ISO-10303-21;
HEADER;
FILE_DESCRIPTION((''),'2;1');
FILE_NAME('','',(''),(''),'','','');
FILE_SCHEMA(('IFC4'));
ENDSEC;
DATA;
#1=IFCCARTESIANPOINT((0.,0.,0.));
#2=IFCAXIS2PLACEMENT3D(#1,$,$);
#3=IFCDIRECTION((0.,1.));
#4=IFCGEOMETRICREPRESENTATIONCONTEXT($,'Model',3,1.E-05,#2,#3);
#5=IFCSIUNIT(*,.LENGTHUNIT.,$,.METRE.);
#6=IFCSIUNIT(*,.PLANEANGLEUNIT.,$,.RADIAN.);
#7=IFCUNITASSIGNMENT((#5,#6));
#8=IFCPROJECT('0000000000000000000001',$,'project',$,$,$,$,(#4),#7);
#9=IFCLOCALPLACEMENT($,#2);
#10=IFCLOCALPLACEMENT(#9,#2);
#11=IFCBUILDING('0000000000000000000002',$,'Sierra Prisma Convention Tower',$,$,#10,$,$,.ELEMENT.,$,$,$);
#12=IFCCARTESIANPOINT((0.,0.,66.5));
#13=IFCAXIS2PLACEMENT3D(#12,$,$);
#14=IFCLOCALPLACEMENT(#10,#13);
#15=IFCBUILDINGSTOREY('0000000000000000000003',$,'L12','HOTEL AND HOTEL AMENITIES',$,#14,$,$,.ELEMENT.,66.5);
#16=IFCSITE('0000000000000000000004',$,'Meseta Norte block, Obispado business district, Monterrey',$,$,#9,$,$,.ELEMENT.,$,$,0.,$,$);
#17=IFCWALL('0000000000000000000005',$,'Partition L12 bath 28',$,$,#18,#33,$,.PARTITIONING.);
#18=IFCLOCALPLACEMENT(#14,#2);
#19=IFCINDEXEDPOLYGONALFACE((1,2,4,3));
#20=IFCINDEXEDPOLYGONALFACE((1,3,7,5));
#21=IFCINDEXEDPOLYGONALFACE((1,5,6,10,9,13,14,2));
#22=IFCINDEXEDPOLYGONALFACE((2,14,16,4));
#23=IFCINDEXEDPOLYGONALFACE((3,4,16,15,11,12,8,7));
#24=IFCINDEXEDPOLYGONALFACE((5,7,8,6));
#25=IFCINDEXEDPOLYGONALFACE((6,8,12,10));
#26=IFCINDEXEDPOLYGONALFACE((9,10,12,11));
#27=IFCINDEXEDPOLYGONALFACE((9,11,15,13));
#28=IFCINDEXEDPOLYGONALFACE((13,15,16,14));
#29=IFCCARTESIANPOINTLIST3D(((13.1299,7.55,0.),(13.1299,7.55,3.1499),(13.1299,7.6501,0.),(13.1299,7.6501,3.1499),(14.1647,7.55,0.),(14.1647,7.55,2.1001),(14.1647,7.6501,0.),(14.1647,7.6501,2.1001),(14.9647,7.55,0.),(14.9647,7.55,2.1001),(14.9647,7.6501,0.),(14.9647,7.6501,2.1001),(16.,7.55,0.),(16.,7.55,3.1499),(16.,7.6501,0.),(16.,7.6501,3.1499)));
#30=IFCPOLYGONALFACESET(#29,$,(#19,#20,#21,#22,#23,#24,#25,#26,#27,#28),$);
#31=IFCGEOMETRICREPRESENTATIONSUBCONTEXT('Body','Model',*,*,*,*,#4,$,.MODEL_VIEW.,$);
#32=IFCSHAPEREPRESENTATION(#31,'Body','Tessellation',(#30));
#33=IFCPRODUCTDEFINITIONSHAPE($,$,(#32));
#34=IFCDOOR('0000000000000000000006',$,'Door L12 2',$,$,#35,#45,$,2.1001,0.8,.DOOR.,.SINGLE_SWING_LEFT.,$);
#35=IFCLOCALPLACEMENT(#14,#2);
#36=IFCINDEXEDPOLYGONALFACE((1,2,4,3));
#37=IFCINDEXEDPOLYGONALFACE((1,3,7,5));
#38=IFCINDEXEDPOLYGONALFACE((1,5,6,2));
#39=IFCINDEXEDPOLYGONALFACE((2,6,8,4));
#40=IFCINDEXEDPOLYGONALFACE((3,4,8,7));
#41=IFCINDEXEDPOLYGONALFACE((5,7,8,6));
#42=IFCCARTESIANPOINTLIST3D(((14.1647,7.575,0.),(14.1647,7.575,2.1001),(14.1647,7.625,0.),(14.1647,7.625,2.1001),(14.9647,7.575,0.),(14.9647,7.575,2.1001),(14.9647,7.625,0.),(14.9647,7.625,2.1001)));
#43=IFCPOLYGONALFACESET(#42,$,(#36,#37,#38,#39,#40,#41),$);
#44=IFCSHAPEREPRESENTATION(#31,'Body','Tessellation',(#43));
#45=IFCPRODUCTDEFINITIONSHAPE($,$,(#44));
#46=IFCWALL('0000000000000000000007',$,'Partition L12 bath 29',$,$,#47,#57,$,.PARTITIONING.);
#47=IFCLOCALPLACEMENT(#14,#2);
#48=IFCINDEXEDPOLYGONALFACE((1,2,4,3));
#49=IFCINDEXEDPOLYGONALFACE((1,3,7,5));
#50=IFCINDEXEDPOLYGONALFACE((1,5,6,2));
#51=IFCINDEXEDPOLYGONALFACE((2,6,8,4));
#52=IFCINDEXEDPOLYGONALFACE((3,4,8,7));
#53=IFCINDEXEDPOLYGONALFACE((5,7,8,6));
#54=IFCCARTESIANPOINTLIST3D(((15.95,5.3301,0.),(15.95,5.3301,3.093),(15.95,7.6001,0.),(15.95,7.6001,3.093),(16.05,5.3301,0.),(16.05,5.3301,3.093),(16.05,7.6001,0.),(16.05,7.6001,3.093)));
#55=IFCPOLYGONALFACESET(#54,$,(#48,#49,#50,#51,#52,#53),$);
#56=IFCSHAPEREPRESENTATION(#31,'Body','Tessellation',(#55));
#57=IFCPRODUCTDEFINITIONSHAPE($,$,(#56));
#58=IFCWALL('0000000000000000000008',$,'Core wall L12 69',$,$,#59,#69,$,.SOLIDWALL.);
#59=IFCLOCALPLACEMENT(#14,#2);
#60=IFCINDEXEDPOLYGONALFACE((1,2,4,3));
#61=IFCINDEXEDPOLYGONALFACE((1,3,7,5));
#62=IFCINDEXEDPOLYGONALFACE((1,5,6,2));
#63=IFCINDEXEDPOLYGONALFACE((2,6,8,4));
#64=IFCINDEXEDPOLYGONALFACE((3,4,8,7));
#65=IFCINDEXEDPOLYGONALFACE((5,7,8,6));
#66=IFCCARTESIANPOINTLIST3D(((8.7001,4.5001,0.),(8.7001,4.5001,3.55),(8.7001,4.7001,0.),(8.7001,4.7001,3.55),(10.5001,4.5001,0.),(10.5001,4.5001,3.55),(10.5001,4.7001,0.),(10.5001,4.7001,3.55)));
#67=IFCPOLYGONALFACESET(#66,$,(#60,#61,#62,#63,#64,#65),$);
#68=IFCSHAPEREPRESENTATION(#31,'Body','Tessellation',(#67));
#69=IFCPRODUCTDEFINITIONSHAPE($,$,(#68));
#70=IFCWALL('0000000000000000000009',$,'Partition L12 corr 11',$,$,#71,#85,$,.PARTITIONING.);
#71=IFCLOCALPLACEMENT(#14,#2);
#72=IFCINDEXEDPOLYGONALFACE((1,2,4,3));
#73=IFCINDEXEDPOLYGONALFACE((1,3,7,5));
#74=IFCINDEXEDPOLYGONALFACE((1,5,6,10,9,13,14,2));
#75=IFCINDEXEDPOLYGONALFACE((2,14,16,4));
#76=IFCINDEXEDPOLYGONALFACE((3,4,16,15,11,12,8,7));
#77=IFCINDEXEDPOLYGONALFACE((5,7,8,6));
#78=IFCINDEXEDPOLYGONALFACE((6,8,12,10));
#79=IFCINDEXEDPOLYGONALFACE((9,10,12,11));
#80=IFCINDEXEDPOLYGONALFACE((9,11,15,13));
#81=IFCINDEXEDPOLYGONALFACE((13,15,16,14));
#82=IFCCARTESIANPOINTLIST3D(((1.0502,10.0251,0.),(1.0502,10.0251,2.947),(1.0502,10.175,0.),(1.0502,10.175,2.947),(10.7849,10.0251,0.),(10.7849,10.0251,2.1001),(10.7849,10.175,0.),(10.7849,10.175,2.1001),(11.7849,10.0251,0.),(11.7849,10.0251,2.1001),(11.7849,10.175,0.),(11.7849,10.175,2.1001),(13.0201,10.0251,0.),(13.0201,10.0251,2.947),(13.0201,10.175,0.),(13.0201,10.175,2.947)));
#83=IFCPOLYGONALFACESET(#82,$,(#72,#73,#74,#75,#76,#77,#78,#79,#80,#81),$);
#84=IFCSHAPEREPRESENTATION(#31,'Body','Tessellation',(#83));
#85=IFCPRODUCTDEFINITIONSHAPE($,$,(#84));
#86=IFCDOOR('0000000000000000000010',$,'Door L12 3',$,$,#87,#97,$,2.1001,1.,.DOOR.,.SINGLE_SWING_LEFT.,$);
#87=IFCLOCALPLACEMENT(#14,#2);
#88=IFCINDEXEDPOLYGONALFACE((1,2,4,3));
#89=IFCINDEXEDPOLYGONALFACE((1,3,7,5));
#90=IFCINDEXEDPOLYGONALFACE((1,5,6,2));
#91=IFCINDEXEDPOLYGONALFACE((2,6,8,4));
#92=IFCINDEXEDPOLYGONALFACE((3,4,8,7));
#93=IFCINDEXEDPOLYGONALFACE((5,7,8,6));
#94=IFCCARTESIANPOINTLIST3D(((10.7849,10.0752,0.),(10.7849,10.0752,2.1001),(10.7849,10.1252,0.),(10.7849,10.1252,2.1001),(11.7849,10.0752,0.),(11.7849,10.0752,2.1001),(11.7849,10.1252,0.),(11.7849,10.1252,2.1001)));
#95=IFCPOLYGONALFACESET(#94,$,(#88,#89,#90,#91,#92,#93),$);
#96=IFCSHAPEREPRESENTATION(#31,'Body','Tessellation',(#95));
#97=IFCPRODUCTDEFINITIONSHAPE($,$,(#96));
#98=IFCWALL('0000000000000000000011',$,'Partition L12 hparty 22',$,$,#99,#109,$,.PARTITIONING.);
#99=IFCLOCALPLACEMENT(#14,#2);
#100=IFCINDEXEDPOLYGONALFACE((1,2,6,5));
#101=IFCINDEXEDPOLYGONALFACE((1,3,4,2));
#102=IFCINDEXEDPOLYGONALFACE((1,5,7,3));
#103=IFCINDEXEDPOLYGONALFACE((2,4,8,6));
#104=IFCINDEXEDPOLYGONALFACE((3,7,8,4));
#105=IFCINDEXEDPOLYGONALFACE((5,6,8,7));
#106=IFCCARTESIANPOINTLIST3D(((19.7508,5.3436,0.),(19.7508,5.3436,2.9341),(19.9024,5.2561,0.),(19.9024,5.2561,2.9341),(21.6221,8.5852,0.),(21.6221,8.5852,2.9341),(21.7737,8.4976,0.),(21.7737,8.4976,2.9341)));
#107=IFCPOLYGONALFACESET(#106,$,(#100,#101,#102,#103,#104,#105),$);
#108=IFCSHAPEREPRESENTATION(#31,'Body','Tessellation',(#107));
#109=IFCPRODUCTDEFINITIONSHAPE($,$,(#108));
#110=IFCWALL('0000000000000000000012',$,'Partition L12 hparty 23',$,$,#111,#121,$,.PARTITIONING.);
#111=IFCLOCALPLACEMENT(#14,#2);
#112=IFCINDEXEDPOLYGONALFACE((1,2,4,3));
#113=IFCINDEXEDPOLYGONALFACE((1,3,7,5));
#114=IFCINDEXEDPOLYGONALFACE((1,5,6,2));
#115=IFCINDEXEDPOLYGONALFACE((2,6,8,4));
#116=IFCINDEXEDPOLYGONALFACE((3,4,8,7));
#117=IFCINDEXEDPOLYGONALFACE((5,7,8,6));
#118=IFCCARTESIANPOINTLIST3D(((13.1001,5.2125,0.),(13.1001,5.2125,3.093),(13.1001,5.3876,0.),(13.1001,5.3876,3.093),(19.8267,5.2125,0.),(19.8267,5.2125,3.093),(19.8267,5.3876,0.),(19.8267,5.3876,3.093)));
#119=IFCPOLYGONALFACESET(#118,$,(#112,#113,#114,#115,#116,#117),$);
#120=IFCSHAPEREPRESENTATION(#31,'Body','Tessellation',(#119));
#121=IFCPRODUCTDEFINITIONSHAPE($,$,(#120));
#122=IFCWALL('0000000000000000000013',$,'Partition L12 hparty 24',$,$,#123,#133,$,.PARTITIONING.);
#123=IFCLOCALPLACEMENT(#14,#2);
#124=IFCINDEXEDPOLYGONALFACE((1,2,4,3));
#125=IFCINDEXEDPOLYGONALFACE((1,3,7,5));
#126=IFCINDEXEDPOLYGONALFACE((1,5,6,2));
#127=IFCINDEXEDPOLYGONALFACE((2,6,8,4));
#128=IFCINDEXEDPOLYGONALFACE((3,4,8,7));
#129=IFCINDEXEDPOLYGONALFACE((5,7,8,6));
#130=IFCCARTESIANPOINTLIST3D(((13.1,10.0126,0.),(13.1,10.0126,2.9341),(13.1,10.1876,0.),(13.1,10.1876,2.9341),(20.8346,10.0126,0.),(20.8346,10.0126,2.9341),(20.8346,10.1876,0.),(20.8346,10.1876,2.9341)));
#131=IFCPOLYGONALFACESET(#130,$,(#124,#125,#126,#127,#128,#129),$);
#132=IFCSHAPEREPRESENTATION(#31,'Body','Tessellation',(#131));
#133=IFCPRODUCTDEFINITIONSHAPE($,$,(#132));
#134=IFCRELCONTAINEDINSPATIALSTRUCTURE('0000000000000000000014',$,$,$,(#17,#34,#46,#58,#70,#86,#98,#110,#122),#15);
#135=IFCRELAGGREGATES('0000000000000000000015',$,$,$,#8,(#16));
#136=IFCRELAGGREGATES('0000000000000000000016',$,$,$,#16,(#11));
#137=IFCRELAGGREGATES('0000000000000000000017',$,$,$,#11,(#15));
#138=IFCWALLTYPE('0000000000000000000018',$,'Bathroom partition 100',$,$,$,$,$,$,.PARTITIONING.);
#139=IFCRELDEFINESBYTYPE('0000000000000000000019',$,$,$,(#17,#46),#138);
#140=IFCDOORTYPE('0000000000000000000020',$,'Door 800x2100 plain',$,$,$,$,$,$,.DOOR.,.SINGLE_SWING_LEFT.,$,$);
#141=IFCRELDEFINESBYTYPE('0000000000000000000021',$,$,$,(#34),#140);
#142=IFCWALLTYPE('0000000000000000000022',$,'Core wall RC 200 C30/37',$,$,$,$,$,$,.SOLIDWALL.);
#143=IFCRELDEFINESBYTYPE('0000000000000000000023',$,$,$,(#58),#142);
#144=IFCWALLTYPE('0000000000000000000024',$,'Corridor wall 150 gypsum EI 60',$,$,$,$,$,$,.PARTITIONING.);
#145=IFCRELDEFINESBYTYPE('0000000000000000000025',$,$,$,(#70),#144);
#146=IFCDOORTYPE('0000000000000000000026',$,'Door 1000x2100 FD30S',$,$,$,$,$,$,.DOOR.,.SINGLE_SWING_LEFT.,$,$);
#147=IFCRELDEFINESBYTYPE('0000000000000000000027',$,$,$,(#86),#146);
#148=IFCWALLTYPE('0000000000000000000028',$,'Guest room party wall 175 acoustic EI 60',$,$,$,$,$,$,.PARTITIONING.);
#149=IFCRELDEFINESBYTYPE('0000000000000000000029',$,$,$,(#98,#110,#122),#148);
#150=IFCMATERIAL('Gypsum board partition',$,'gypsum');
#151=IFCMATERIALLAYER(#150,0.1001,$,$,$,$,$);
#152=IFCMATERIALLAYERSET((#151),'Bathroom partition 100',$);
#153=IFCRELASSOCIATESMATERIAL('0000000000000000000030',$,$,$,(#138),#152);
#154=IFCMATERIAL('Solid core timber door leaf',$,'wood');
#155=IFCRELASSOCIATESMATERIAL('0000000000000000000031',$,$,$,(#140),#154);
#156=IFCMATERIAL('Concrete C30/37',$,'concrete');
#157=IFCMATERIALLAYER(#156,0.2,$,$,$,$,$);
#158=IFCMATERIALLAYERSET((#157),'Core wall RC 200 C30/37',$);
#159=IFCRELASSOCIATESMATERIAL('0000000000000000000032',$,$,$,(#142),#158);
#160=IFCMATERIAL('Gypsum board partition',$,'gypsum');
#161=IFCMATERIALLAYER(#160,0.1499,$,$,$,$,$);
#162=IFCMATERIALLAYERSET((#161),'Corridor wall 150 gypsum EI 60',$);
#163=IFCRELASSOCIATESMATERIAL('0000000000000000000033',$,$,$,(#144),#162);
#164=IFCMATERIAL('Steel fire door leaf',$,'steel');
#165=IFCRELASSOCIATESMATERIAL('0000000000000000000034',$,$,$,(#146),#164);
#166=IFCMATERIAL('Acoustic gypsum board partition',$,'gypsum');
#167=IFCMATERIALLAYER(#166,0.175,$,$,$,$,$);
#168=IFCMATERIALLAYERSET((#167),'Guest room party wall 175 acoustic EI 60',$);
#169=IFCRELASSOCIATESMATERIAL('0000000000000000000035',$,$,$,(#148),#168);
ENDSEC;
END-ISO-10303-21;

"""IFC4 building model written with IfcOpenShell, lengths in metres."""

from ifc_helpers import new_model, si_unit, direction, frame, frame_2d, origin, place, context, subcontext, project, spatial, rectangle, extrude, material, layer, layer_set, type_object, element, fill, save


model = new_model("IFC4")

# Units and contexts
model_context = context("Model", 3, precision=1e-05, world=origin(), true_north=direction((0.0, 1.0)))
body_context = subcontext(model_context, "Body", "Model", "MODEL_VIEW")
ifc_project = project(units=[si_unit("LENGTHUNIT", "METRE"), si_unit("PLANEANGLEUNIT", "RADIAN")], contexts=[model_context])

# Site, building, storey
site_placement = place(None, origin())
site = spatial("IfcSite", under=ifc_project, at=site_placement, Name="Meseta Norte block, Obispado business district, Monterrey", CompositionType="ELEMENT", RefElevation=0.0)
building_placement = place(site_placement, origin())
building = spatial("IfcBuilding", under=site, at=building_placement, Name="Sierra Prisma Convention Tower", CompositionType="ELEMENT")
storey_placement = place(building_placement, frame((0.0, 0.0, 66.5)))
storey = spatial("IfcBuildingStorey", under=building, at=storey_placement, Name="L12", Description="HOTEL AND HOTEL AMENITIES", CompositionType="ELEMENT", Elevation=66.5)

# Wall, opening, door
ifc_material_1 = material(Name="Gypsum board partition", Category="gypsum")
ifc_layer_1 = layer(ifc_material_1, 0.1001)
ifc_layer_set_1 = layer_set([ifc_layer_1], Name="Bathroom partition 100")
wall_type_1 = type_object("IfcWallType", Name="Bathroom partition 100", PredefinedType="PARTITIONING", material=ifc_layer_set_1)
wall_1_placement = place(storey_placement, frame((13.1299, 7.6001, 0.0), z_axis=(0.0, 0.0, 1.0), x_axis=(1.0, 0.0, 0.0)))
wall_1 = element("IfcWall", 1, at=wall_1_placement, inside=storey, type_object=wall_type_1, Name="Partition L12 bath 28", PredefinedType="PARTITIONING", context=body_context, shape_type="SweptSolid", body=[
    extrude(rectangle(XDim=2.8701, YDim=0.1001, at=frame_2d((1.4351, 0.0))), origin(), (0.0, 0.0, 1.0), 3.1499),
])
opening_1_placement = place(wall_1_placement, frame((1.0349, 0.0, 0.0)))
opening_1 = element("IfcOpeningElement", 2, at=opening_1_placement, cuts=wall_1, PredefinedType="OPENING", context=body_context, shape_type="SweptSolid", body=[
    extrude(rectangle(XDim=0.8, YDim=2.1001, at=frame_2d((0.3999, 1.05))), frame((0.0, 0.05, 0.0), z_axis=(0.0, -1.0, 0.0), x_axis=(1.0, 0.0, 0.0)), (0.0, 0.0, 1.0), 0.1001),
])
ifc_material_2 = material(Name="Solid core timber door leaf", Category="wood")
door_type_1 = type_object("IfcDoorType", Name="Door 800x2100 plain", OperationType="SINGLE_SWING_LEFT", PredefinedType="DOOR", material=ifc_material_2)
door_1_placement = place(opening_1_placement, origin())
door_1 = element("IfcDoor", 3, at=door_1_placement, inside=storey, type_object=door_type_1, Name="Door L12 2", OperationType="SINGLE_SWING_LEFT", OverallHeight=2.1001, OverallWidth=0.8, PredefinedType="DOOR", context=body_context, shape_type="SweptSolid", body=[
    extrude(rectangle(XDim=0.8, YDim=2.1001, at=frame_2d((0.3999, 1.05))), frame((0.0, 0.0249, 0.0), z_axis=(0.0, -1.0, 0.0), x_axis=(1.0, 0.0, 0.0)), (0.0, 0.0, 1.0), 0.05),
])
fill(opening_1, door_1)

# Wall
wall_2_placement = place(storey_placement, frame((16.0, 7.6001, 0.0), z_axis=(0.0, 0.0, 1.0), x_axis=(0.0, -1.0, 0.0)))
element("IfcWall", 4, at=wall_2_placement, inside=storey, type_object=wall_type_1, Name="Partition L12 bath 29", PredefinedType="PARTITIONING", context=body_context, shape_type="SweptSolid", body=[
    extrude(rectangle(XDim=2.27, YDim=0.1001, at=frame_2d((1.135, 0.0))), origin(), (0.0, 0.0, 1.0), 3.093),
])

# Shared definitions
ifc_material_3 = material(Name="Concrete C30/37", Category="concrete")
ifc_layer_2 = layer(ifc_material_3, 0.2)
ifc_layer_set_2 = layer_set([ifc_layer_2], Name="Core wall RC 200 C30/37")
wall_type_2 = type_object("IfcWallType", Name="Core wall RC 200 C30/37", PredefinedType="SOLIDWALL", material=ifc_layer_set_2)

# Wall
wall_3_placement = place(storey_placement, frame((10.5, 4.6001, 0.0), z_axis=(0.0, 0.0, 1.0), x_axis=(-1.0, 0.0, 0.0)))
element("IfcWall", 5, at=wall_3_placement, inside=storey, type_object=wall_type_2, Name="Core wall L12 69", PredefinedType="SOLIDWALL", context=body_context, shape_type="SweptSolid", body=[
    extrude(rectangle(XDim=1.8, YDim=0.2, at=frame_2d((0.8999, 0.0))), origin(), (0.0, 0.0, 1.0), 3.55),
])

# Wall, opening, door
ifc_material_4 = material(Name="Gypsum board partition", Category="gypsum")
ifc_layer_3 = layer(ifc_material_4, 0.1499)
ifc_layer_set_3 = layer_set([ifc_layer_3], Name="Corridor wall 150 gypsum EI 60")
wall_type_3 = type_object("IfcWallType", Name="Corridor wall 150 gypsum EI 60", PredefinedType="PARTITIONING", material=ifc_layer_set_3)
wall_4_placement = place(storey_placement, frame((13.02, 10.1001, 0.0), z_axis=(0.0, 0.0, 1.0), x_axis=(-1.0, 0.0, 0.0)))
wall_4 = element("IfcWall", 6, at=wall_4_placement, inside=storey, type_object=wall_type_3, Name="Partition L12 corr 11", PredefinedType="PARTITIONING", context=body_context, shape_type="SweptSolid", body=[
    extrude(rectangle(XDim=11.97, YDim=0.1499, at=frame_2d((5.9849, 0.0))), origin(), (0.0, 0.0, 1.0), 2.947),
])
opening_2_placement = place(wall_4_placement, frame((1.2351, 0.0, 0.0)))
opening_2 = element("IfcOpeningElement", 7, at=opening_2_placement, cuts=wall_4, PredefinedType="OPENING", context=body_context, shape_type="SweptSolid", body=[
    extrude(rectangle(XDim=1.0, YDim=2.1001, at=frame_2d((0.5, 1.05))), frame((0.0, 0.075, 0.0), z_axis=(0.0, -1.0, 0.0), x_axis=(1.0, 0.0, 0.0)), (0.0, 0.0, 1.0), 0.1499),
])
ifc_material_5 = material(Name="Steel fire door leaf", Category="steel")
door_type_2 = type_object("IfcDoorType", Name="Door 1000x2100 FD30S", OperationType="SINGLE_SWING_LEFT", PredefinedType="DOOR", material=ifc_material_5)
door_2_placement = place(opening_2_placement, origin())
door_2 = element("IfcDoor", 8, at=door_2_placement, inside=storey, type_object=door_type_2, Name="Door L12 3", OperationType="SINGLE_SWING_LEFT", OverallHeight=2.1001, OverallWidth=1.0, PredefinedType="DOOR", context=body_context, shape_type="SweptSolid", body=[
    extrude(rectangle(XDim=1.0, YDim=2.1001, at=frame_2d((0.5, 1.05))), frame((0.0, 0.0249, 0.0), z_axis=(0.0, -1.0, 0.0), x_axis=(1.0, 0.0, 0.0)), (0.0, 0.0, 1.0), 0.05),
])
fill(opening_2, door_2)

# Walls
ifc_material_6 = material(Name="Acoustic gypsum board partition", Category="gypsum")
ifc_layer_4 = layer(ifc_material_6, 0.175)
ifc_layer_set_4 = layer_set([ifc_layer_4], Name="Guest room party wall 175 acoustic EI 60")
wall_type_4 = type_object("IfcWallType", Name="Guest room party wall 175 acoustic EI 60", PredefinedType="PARTITIONING", material=ifc_layer_set_4)
wall_5_placement = place(storey_placement, frame((21.698, 8.5415, 0.0), z_axis=(0.0, 0.0, 1.0), x_axis=(-0.499977, -0.866039, 0.0)))
element("IfcWall", 9, at=wall_5_placement, inside=storey, type_object=wall_type_4, Name="Partition L12 hparty 22", PredefinedType="PARTITIONING", context=body_context, shape_type="SweptSolid", body=[
    extrude(rectangle(XDim=3.7429, YDim=0.175, at=frame_2d((1.8716, 0.0))), origin(), (0.0, 0.0, 1.0), 2.9341),
])
wall_6_placement = place(storey_placement, frame((19.8267, 5.3, 0.0), z_axis=(0.0, 0.0, 1.0), x_axis=(-1.0, 0.0, 0.0)))
element("IfcWall", 10, at=wall_6_placement, inside=storey, type_object=wall_type_4, Name="Partition L12 hparty 23", PredefinedType="PARTITIONING", context=body_context, shape_type="SweptSolid", body=[
    extrude(rectangle(XDim=6.7266, YDim=0.175, at=frame_2d((3.3633, 0.0))), origin(), (0.0, 0.0, 1.0), 3.093),
])
wall_7_placement = place(storey_placement, frame((13.1001, 10.1001, 0.0), z_axis=(0.0, 0.0, 1.0), x_axis=(1.0, 0.0, 0.0)))
element("IfcWall", 11, at=wall_7_placement, inside=storey, type_object=wall_type_4, Name="Partition L12 hparty 24", PredefinedType="PARTITIONING", context=body_context, shape_type="SweptSolid", body=[
    extrude(rectangle(XDim=7.7346, YDim=0.175, at=frame_2d((3.8672, 0.0))), origin(), (0.0, 0.0, 1.0), 2.9341),
])

save(model, "model.ifc")
